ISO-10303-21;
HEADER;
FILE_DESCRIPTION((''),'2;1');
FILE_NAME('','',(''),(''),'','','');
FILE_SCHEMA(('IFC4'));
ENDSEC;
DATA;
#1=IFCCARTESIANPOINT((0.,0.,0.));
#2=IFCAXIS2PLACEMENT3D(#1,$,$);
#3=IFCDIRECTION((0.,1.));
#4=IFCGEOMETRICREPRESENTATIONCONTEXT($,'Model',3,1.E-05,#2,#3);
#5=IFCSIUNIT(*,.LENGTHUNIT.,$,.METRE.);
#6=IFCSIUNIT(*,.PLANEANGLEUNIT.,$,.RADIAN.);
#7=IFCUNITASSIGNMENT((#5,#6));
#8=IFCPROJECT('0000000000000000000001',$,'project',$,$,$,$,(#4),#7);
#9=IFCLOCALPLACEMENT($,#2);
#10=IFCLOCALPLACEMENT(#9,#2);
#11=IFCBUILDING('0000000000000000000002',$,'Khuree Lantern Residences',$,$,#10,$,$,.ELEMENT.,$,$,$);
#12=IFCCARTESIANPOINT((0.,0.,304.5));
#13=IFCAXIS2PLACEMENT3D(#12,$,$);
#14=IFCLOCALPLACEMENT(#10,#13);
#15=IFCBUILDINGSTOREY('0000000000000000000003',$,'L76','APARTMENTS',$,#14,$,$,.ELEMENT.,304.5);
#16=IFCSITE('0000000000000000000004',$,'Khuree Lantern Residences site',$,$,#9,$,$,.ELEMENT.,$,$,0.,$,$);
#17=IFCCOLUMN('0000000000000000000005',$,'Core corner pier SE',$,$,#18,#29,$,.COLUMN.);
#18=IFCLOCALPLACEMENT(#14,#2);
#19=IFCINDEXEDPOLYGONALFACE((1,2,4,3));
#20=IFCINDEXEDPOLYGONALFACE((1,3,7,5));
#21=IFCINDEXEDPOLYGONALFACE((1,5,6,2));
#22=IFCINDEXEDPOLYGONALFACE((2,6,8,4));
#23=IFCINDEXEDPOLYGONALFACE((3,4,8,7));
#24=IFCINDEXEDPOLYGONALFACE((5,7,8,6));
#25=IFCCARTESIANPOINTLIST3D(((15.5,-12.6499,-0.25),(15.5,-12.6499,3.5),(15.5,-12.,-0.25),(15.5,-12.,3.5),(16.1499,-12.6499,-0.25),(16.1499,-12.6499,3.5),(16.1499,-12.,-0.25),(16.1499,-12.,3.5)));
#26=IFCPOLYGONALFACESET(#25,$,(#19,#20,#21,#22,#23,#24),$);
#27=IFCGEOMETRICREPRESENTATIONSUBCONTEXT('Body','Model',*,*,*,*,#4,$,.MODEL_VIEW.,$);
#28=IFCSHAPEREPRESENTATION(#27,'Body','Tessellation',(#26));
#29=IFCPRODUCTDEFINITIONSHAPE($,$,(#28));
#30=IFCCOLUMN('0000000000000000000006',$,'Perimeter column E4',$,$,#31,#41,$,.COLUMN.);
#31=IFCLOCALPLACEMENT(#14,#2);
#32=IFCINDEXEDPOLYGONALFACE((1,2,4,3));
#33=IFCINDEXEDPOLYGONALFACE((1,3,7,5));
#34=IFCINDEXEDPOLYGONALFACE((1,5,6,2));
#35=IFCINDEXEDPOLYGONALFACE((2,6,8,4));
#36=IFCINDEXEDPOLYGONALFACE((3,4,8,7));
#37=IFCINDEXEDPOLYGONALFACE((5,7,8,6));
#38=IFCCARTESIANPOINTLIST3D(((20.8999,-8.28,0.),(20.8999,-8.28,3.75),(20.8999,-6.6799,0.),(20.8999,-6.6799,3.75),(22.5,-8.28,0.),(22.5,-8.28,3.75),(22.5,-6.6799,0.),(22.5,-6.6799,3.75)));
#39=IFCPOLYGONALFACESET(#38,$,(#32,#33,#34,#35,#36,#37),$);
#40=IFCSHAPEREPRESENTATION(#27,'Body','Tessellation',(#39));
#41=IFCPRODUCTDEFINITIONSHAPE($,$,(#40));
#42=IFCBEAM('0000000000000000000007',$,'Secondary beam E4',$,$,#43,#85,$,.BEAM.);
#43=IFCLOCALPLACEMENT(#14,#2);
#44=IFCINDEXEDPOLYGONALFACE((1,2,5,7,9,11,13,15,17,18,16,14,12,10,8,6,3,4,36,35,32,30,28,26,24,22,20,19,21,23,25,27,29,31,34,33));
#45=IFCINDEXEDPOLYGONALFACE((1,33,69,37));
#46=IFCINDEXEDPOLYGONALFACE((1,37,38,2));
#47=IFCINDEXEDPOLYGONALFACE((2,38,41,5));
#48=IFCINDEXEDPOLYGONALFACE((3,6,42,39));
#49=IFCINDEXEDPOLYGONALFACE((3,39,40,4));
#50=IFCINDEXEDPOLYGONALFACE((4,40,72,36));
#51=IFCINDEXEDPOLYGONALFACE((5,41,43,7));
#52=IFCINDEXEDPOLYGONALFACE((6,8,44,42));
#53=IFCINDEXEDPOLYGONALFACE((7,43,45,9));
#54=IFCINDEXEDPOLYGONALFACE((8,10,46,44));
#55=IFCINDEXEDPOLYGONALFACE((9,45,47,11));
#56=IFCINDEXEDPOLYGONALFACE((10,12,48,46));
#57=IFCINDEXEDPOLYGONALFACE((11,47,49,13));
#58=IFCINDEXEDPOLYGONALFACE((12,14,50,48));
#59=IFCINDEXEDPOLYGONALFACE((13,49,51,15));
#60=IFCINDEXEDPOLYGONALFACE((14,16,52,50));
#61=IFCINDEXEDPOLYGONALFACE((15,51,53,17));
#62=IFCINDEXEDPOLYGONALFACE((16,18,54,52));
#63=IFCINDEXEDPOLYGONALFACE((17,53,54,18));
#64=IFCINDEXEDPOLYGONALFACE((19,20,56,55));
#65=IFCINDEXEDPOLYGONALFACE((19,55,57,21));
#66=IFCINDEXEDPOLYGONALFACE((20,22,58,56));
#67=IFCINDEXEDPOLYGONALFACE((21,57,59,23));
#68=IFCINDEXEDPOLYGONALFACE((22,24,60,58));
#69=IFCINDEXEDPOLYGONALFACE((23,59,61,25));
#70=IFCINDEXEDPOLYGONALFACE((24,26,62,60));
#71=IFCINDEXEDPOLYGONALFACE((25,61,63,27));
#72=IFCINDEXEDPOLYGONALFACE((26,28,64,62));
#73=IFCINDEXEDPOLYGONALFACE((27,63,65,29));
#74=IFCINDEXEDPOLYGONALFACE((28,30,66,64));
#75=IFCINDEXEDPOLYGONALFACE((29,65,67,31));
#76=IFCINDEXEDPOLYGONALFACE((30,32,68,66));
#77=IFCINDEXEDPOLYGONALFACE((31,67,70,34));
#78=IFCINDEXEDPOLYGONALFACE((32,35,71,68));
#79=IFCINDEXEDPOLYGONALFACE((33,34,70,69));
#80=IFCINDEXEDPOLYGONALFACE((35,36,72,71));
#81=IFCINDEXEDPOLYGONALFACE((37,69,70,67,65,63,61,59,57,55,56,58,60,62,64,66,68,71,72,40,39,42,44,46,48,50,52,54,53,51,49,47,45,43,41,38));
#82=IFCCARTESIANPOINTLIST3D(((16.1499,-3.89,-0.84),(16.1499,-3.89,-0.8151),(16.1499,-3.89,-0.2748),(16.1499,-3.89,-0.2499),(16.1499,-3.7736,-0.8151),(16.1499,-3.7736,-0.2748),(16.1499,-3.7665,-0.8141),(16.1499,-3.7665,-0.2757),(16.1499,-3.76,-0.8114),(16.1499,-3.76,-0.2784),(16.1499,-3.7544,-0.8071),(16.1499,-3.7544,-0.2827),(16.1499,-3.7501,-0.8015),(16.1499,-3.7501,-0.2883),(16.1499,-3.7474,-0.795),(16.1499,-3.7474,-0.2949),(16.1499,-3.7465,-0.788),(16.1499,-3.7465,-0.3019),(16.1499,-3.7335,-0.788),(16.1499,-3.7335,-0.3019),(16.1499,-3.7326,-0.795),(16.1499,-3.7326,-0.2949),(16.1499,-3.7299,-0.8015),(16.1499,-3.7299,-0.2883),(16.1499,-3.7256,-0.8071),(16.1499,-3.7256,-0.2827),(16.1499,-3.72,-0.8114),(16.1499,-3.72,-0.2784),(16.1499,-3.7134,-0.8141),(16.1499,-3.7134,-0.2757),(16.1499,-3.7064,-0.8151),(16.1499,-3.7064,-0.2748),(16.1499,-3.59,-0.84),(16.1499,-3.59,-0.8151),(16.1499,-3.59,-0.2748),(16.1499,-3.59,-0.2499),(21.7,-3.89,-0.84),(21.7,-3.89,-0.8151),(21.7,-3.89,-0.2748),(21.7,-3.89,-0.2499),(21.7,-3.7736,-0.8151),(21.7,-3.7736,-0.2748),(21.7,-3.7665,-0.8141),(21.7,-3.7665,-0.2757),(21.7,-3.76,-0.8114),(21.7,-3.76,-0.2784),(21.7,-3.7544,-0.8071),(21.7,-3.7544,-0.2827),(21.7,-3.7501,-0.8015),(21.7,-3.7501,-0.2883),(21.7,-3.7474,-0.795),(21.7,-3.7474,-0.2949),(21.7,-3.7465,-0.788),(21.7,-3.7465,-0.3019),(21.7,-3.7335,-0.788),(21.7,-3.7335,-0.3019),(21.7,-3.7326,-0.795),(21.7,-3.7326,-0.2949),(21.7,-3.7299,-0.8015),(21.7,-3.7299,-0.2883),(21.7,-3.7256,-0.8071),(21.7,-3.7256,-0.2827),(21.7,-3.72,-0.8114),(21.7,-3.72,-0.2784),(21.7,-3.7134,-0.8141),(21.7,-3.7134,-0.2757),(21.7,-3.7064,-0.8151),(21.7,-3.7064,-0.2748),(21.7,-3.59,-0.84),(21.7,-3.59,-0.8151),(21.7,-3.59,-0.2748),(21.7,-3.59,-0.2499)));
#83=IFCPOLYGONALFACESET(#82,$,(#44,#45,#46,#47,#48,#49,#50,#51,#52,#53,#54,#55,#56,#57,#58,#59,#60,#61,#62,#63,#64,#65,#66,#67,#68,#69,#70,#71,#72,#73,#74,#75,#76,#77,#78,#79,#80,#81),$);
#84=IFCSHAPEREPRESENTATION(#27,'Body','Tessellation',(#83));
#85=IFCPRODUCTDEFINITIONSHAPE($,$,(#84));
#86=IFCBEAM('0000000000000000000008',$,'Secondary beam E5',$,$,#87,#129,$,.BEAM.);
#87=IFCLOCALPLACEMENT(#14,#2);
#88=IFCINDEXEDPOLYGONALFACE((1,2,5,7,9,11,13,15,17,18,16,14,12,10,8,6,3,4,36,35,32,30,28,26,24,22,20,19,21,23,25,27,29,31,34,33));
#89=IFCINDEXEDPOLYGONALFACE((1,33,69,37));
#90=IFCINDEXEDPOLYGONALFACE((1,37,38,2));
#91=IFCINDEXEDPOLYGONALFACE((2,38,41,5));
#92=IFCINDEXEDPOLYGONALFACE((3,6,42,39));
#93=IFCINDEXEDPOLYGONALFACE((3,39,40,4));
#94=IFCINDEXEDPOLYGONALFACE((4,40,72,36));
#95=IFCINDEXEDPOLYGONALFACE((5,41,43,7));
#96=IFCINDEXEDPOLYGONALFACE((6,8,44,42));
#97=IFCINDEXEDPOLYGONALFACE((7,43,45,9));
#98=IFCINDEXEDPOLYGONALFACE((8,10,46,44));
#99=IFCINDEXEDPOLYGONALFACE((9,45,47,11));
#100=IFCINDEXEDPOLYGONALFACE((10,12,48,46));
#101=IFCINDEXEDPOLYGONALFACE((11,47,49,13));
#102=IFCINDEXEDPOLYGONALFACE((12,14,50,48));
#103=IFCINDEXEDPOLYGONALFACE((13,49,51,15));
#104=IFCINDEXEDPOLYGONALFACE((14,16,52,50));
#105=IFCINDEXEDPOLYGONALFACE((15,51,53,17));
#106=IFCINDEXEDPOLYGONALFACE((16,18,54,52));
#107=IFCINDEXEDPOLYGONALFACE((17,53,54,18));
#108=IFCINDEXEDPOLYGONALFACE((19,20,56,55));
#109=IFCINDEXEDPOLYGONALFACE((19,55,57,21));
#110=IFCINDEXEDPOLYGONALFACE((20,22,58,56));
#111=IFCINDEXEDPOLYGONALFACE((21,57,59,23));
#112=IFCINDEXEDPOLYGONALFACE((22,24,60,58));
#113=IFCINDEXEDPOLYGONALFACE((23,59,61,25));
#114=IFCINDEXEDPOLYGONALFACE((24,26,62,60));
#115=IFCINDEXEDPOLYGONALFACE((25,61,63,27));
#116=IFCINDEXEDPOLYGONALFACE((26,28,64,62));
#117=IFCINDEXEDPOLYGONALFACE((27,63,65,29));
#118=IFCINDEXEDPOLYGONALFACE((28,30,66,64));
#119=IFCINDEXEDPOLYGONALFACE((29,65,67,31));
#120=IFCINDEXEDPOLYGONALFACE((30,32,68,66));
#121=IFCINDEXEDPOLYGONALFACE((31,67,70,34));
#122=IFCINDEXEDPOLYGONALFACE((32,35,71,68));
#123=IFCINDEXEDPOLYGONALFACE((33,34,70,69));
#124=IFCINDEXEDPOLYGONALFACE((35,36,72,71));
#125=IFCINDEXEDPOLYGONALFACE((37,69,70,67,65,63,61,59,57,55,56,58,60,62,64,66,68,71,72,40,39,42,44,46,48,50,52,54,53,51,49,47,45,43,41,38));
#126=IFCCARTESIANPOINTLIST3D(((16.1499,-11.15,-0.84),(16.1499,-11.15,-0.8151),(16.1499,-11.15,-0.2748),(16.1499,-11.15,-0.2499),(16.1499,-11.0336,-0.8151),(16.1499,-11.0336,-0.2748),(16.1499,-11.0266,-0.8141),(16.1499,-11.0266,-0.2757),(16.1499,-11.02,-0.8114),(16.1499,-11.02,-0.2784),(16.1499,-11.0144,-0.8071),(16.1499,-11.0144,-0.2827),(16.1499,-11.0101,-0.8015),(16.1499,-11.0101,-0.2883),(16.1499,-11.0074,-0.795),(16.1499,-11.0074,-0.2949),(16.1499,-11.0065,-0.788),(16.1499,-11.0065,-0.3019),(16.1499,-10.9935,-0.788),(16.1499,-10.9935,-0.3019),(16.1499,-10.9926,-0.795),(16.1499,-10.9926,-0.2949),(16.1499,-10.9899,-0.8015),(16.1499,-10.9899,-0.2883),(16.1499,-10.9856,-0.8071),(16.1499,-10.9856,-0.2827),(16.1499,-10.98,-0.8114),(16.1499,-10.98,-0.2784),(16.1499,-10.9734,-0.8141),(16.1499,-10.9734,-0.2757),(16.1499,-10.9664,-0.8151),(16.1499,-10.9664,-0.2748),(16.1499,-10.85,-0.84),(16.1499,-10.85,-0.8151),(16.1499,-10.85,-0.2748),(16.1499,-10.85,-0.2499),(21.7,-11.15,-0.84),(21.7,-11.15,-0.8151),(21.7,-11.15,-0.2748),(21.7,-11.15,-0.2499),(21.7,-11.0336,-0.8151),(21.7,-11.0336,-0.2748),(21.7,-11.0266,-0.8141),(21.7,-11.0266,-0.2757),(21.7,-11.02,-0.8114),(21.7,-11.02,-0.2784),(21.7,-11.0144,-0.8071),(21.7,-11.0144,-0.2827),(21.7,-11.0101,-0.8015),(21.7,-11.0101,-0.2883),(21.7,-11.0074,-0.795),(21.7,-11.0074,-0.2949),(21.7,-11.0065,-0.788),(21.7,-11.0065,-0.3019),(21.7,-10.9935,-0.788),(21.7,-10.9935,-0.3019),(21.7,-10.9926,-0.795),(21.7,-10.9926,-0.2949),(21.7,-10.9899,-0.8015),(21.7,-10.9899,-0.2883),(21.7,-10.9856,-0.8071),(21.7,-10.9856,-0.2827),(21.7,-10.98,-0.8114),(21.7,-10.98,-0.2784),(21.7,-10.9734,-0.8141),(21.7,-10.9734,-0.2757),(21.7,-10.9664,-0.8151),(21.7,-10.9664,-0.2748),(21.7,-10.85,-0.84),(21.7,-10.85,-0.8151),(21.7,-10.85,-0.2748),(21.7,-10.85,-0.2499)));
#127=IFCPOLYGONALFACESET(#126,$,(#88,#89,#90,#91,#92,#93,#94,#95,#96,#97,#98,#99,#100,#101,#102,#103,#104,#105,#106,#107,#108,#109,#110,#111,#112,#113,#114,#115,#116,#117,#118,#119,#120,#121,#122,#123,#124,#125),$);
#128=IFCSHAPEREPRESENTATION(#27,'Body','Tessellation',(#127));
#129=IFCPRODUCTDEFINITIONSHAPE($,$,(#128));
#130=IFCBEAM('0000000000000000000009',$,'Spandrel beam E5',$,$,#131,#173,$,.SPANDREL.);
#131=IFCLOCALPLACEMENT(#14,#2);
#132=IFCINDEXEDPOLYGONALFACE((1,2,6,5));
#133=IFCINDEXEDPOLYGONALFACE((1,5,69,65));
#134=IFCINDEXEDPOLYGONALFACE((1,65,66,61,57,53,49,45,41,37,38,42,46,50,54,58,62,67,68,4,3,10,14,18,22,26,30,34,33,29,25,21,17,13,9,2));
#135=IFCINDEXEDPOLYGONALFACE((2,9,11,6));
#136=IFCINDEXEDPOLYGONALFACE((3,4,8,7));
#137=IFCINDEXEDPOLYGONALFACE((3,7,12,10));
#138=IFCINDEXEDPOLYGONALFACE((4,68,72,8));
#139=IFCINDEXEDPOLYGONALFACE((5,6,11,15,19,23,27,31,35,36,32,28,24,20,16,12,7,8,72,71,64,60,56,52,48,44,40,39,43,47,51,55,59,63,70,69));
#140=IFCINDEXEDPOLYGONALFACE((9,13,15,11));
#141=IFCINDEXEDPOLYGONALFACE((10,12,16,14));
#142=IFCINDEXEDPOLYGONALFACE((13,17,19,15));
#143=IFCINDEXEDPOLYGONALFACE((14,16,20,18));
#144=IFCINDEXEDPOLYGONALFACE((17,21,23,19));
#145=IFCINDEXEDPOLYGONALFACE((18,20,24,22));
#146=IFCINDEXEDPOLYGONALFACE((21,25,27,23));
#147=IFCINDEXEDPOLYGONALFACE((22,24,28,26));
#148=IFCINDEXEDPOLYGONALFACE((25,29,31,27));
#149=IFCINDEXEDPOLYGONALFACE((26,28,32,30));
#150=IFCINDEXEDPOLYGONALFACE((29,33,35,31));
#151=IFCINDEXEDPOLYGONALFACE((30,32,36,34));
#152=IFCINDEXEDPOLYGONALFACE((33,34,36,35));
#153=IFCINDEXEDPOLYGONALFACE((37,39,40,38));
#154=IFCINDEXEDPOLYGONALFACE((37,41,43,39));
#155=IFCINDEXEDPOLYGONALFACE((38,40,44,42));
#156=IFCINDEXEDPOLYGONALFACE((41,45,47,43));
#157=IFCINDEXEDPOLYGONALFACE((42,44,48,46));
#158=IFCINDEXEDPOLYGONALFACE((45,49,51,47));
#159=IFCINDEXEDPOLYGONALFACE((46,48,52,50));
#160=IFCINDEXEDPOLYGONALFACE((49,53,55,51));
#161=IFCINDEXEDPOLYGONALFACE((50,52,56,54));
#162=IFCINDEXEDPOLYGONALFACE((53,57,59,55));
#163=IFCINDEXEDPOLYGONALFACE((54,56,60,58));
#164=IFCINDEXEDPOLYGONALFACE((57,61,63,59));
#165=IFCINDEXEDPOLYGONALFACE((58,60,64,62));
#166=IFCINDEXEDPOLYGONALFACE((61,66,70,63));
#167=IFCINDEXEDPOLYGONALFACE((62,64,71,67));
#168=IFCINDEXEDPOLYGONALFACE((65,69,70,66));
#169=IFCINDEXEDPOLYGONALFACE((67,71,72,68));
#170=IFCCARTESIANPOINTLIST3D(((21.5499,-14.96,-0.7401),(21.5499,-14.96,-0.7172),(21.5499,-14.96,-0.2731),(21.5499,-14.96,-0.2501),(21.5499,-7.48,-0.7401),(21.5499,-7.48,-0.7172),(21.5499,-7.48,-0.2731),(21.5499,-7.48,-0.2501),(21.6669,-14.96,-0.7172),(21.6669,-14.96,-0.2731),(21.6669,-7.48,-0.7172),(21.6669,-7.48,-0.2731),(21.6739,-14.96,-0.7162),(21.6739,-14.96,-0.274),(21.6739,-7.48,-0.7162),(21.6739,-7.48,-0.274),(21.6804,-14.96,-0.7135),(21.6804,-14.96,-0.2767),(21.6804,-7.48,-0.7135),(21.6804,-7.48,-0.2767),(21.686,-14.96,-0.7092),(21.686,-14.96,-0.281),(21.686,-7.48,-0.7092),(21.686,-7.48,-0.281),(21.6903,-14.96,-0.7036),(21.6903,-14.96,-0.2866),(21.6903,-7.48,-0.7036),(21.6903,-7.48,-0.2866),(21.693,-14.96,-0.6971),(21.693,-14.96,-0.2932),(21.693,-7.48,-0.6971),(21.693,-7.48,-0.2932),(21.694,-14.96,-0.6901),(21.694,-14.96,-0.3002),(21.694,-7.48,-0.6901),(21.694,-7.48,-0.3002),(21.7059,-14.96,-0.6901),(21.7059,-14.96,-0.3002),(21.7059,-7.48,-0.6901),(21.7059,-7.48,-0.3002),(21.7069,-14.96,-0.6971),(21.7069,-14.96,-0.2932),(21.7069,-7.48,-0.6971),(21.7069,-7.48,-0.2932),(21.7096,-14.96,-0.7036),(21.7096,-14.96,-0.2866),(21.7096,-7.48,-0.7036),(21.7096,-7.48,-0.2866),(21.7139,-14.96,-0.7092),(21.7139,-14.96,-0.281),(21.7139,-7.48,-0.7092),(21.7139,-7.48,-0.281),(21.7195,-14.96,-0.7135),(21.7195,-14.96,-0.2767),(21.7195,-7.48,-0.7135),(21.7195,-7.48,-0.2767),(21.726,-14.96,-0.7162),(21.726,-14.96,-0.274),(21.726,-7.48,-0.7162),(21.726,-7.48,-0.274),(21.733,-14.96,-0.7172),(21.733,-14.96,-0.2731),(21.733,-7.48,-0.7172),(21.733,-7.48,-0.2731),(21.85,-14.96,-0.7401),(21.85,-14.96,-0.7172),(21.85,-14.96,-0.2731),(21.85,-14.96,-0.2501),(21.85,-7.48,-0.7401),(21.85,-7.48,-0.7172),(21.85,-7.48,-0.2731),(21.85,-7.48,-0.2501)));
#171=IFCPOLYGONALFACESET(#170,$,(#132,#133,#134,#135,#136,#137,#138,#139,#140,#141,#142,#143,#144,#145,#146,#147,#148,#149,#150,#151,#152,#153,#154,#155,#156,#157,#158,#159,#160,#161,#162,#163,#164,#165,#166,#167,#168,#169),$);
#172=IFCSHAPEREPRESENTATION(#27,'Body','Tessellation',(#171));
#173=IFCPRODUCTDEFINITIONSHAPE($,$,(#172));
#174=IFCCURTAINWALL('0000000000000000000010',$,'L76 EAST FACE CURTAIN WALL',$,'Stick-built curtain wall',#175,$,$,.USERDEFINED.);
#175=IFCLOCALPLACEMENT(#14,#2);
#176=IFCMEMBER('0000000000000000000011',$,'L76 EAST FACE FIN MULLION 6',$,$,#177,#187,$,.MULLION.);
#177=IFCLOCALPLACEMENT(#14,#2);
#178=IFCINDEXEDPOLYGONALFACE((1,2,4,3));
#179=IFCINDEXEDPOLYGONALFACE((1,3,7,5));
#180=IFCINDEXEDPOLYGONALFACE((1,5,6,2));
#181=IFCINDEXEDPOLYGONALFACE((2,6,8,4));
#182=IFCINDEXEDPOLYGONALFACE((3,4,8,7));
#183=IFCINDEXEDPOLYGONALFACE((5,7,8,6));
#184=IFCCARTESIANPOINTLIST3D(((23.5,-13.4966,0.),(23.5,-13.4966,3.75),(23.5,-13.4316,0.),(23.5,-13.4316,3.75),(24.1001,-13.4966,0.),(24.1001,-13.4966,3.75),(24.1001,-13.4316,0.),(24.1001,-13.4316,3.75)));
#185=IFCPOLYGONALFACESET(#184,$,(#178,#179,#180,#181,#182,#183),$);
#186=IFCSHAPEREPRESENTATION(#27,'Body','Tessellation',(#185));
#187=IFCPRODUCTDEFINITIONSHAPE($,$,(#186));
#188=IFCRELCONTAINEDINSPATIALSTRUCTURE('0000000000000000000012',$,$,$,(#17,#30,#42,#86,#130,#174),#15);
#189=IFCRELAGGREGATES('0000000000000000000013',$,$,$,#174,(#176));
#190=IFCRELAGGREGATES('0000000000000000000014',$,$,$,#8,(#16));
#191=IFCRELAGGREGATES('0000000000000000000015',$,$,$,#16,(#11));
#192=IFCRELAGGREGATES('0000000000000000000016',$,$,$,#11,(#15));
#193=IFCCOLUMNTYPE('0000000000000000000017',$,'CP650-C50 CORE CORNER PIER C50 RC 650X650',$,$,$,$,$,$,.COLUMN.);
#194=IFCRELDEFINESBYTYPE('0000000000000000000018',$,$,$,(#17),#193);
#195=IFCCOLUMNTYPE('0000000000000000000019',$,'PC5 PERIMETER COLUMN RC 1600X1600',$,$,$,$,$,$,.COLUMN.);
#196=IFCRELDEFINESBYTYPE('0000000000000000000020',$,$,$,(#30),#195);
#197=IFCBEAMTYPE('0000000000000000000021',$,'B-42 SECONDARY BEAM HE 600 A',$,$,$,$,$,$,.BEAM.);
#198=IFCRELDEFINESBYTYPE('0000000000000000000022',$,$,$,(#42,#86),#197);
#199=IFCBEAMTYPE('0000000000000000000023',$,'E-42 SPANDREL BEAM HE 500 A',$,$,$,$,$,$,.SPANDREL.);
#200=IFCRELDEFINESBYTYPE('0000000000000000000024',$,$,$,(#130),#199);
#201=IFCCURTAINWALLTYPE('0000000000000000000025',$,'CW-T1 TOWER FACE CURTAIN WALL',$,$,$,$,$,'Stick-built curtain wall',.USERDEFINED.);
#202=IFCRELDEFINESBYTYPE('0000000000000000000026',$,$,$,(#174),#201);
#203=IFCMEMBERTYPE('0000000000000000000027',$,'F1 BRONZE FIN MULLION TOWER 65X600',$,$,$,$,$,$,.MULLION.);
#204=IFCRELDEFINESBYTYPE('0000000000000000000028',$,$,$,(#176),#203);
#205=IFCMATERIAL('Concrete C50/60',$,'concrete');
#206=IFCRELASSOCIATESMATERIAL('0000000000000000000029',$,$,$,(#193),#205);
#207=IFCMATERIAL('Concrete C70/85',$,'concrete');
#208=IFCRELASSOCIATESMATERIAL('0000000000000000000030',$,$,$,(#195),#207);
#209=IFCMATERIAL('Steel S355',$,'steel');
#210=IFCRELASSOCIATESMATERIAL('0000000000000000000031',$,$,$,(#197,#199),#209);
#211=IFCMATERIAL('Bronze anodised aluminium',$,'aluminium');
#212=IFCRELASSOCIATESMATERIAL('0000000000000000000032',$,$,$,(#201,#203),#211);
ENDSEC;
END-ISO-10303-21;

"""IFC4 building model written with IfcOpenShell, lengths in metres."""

from ifc_helpers import new_model, si_unit, direction, frame, origin, origin_2d, place, context, subcontext, project, spatial, rectangle, i_section, extrude, material, material_profile, profile_set, type_object, element, aggregate, save


model = new_model("IFC4")

# Units and contexts
model_context = context("Model", 3, precision=1e-05, world=origin(), true_north=direction((0.0, 1.0)))
body_context = subcontext(model_context, "Body", "Model", "MODEL_VIEW")
ifc_project = project(units=[si_unit("LENGTHUNIT", "METRE"), si_unit("PLANEANGLEUNIT", "RADIAN")], contexts=[model_context])

# Site, building, storey
site_placement = place(None, origin())
site = spatial("IfcSite", under=ifc_project, at=site_placement, Name="Khuree Lantern Residences site", CompositionType="ELEMENT", RefElevation=0.0)
building_placement = place(site_placement, origin())
building = spatial("IfcBuilding", under=site, at=building_placement, Name="Khuree Lantern Residences", CompositionType="ELEMENT")
storey_placement = place(building_placement, frame((0.0, 0.0, 304.5)))
storey = spatial("IfcBuildingStorey", under=building, at=storey_placement, Name="L76", Description="APARTMENTS", CompositionType="ELEMENT", Elevation=304.5)

# Columns
ifc_material_1 = material(Name="Concrete C50/60", Category="concrete")
ifc_material_profile_1 = material_profile(ifc_material_1, rectangle(XDim=0.6499, YDim=0.6499, at=origin_2d()), Name="RC 650X650")
ifc_profile_set_1 = profile_set([ifc_material_profile_1], Name="Concrete C50/60")
column_type_1 = type_object("IfcColumnType", Name="CP650-C50 CORE CORNER PIER C50 RC 650X650", PredefinedType="COLUMN", material=ifc_profile_set_1)
column_1_placement = place(storey_placement, frame((15.825, -12.325, -0.25), z_axis=(0.0, 0.0, 1.0), x_axis=(1.0, 0.0, 0.0)))
element("IfcColumn", 1, at=column_1_placement, inside=storey, type_object=column_type_1, Name="Core corner pier SE", PredefinedType="COLUMN", context=body_context, shape_type="SweptSolid", body=[
    extrude(rectangle(XDim=0.6499, YDim=0.6499, at=origin_2d()), origin(), (0.0, 0.0, 1.0), 3.75),
])
ifc_material_2 = material(Name="Concrete C70/85", Category="concrete")
ifc_material_profile_2 = material_profile(ifc_material_2, rectangle(XDim=1.6001, YDim=1.6001, at=origin_2d()), Name="RC 1600X1600")
ifc_profile_set_2 = profile_set([ifc_material_profile_2], Name="Concrete C70/85")
column_type_2 = type_object("IfcColumnType", Name="PC5 PERIMETER COLUMN RC 1600X1600", PredefinedType="COLUMN", material=ifc_profile_set_2)
column_2_placement = place(storey_placement, frame((21.7, -7.48, 0.0), z_axis=(0.0, 0.0, 1.0), x_axis=(0.0, 1.0, 0.0)))
element("IfcColumn", 2, at=column_2_placement, inside=storey, type_object=column_type_2, Name="Perimeter column E4", PredefinedType="COLUMN", context=body_context, shape_type="SweptSolid", body=[
    extrude(rectangle(XDim=1.6001, YDim=1.6001, at=origin_2d()), origin(), (0.0, 0.0, 1.0), 3.75),
])

# Beams
ifc_material_3 = material(Name="Steel S355", Category="steel")
ifc_material_profile_3 = material_profile(ifc_material_3, i_section(OverallWidth=0.3, OverallDepth=0.5901, WebThickness=0.0129, FlangeThickness=0.0249, FilletRadius=0.0271, at=origin_2d()), Name="HE 600 A")
ifc_profile_set_3 = profile_set([ifc_material_profile_3], Name="Steel S355")
beam_type_1 = type_object("IfcBeamType", Name="B-42 SECONDARY BEAM HE 600 A", PredefinedType="BEAM", material=ifc_profile_set_3)
for number, where, z_axis, x_axis, name in (
    (3, (21.7, -3.74, -0.5449), (-1.0, 0.0, 0.0), (0.0, -1.0, 0.0), "Secondary beam E4"),
    (4, (21.7, -11.0, -0.5449), (-1.0, 0.0, 0.0), (0.0, -1.0, 0.0), "Secondary beam E5"),
):
    element("IfcBeam", number, at=place(storey_placement, frame(where, z_axis=z_axis, x_axis=x_axis)), inside=storey, type_object=beam_type_1, Name=name, PredefinedType="BEAM", context=body_context, shape_type="SweptSolid", body=[
        extrude(i_section(OverallWidth=0.3, OverallDepth=0.5901, WebThickness=0.0129, FlangeThickness=0.0249, FilletRadius=0.0271, at=origin_2d()), origin(), (0.0, 0.0, 1.0), 5.55),
    ])
ifc_material_profile_4 = material_profile(ifc_material_3, i_section(OverallWidth=0.3, OverallDepth=0.49, WebThickness=0.012, FlangeThickness=0.0229, FilletRadius=0.0271, at=origin_2d()), Name="HE 500 A")
ifc_profile_set_4 = profile_set([ifc_material_profile_4], Name="Steel S355")
beam_type_2 = type_object("IfcBeamType", Name="E-42 SPANDREL BEAM HE 500 A", PredefinedType="SPANDREL", material=ifc_profile_set_4)
beam_1_placement = place(storey_placement, frame((21.7, -7.48, -0.4951), z_axis=(0.0, -1.0, 0.0), x_axis=(1.0, 0.0, 0.0)))
element("IfcBeam", 5, at=beam_1_placement, inside=storey, type_object=beam_type_2, Name="Spandrel beam E5", PredefinedType="SPANDREL", context=body_context, shape_type="SweptSolid", body=[
    extrude(i_section(OverallWidth=0.3, OverallDepth=0.49, WebThickness=0.012, FlangeThickness=0.0229, FilletRadius=0.0271, at=origin_2d()), origin(), (0.0, 0.0, 1.0), 7.48),
])

# Curtain wall, member
ifc_material_4 = material(Name="Bronze anodised aluminium", Category="aluminium")
curtain_wall_type = type_object("IfcCurtainWallType", Name="CW-T1 TOWER FACE CURTAIN WALL", ElementType="Stick-built curtain wall", PredefinedType="USERDEFINED", material=ifc_material_4)
curtain_wall_placement = place(storey_placement, origin())
curtain_wall = element("IfcCurtainWall", 6, at=curtain_wall_placement, inside=storey, type_object=curtain_wall_type, Name="L76 EAST FACE CURTAIN WALL", ObjectType="Stick-built curtain wall", PredefinedType="USERDEFINED")
ifc_material_profile_5 = material_profile(ifc_material_4, rectangle(XDim=0.0649, YDim=0.6001, at=origin_2d()), Name="F1 65X600")
ifc_profile_set_5 = profile_set([ifc_material_profile_5], Name="Bronze anodised aluminium")
member_type_1 = type_object("IfcMemberType", Name="F1 BRONZE FIN MULLION TOWER 65X600", PredefinedType="MULLION", material=ifc_profile_set_5)
member_1_placement = place(storey_placement, frame((23.8, -13.4641, 0.0), z_axis=(0.0, 0.0, 1.0), x_axis=(0.0, 1.0, 0.0)))
member_1 = element("IfcMember", 7, at=member_1_placement, type_object=member_type_1, Name="L76 EAST FACE FIN MULLION 6", PredefinedType="MULLION", context=body_context, shape_type="SweptSolid", body=[
    extrude(rectangle(XDim=0.0649, YDim=0.6001, at=origin_2d()), origin(), (0.0, 0.0, 1.0), 3.75),
])

aggregate(curtain_wall, [member_1])

save(model, "model.ifc")
